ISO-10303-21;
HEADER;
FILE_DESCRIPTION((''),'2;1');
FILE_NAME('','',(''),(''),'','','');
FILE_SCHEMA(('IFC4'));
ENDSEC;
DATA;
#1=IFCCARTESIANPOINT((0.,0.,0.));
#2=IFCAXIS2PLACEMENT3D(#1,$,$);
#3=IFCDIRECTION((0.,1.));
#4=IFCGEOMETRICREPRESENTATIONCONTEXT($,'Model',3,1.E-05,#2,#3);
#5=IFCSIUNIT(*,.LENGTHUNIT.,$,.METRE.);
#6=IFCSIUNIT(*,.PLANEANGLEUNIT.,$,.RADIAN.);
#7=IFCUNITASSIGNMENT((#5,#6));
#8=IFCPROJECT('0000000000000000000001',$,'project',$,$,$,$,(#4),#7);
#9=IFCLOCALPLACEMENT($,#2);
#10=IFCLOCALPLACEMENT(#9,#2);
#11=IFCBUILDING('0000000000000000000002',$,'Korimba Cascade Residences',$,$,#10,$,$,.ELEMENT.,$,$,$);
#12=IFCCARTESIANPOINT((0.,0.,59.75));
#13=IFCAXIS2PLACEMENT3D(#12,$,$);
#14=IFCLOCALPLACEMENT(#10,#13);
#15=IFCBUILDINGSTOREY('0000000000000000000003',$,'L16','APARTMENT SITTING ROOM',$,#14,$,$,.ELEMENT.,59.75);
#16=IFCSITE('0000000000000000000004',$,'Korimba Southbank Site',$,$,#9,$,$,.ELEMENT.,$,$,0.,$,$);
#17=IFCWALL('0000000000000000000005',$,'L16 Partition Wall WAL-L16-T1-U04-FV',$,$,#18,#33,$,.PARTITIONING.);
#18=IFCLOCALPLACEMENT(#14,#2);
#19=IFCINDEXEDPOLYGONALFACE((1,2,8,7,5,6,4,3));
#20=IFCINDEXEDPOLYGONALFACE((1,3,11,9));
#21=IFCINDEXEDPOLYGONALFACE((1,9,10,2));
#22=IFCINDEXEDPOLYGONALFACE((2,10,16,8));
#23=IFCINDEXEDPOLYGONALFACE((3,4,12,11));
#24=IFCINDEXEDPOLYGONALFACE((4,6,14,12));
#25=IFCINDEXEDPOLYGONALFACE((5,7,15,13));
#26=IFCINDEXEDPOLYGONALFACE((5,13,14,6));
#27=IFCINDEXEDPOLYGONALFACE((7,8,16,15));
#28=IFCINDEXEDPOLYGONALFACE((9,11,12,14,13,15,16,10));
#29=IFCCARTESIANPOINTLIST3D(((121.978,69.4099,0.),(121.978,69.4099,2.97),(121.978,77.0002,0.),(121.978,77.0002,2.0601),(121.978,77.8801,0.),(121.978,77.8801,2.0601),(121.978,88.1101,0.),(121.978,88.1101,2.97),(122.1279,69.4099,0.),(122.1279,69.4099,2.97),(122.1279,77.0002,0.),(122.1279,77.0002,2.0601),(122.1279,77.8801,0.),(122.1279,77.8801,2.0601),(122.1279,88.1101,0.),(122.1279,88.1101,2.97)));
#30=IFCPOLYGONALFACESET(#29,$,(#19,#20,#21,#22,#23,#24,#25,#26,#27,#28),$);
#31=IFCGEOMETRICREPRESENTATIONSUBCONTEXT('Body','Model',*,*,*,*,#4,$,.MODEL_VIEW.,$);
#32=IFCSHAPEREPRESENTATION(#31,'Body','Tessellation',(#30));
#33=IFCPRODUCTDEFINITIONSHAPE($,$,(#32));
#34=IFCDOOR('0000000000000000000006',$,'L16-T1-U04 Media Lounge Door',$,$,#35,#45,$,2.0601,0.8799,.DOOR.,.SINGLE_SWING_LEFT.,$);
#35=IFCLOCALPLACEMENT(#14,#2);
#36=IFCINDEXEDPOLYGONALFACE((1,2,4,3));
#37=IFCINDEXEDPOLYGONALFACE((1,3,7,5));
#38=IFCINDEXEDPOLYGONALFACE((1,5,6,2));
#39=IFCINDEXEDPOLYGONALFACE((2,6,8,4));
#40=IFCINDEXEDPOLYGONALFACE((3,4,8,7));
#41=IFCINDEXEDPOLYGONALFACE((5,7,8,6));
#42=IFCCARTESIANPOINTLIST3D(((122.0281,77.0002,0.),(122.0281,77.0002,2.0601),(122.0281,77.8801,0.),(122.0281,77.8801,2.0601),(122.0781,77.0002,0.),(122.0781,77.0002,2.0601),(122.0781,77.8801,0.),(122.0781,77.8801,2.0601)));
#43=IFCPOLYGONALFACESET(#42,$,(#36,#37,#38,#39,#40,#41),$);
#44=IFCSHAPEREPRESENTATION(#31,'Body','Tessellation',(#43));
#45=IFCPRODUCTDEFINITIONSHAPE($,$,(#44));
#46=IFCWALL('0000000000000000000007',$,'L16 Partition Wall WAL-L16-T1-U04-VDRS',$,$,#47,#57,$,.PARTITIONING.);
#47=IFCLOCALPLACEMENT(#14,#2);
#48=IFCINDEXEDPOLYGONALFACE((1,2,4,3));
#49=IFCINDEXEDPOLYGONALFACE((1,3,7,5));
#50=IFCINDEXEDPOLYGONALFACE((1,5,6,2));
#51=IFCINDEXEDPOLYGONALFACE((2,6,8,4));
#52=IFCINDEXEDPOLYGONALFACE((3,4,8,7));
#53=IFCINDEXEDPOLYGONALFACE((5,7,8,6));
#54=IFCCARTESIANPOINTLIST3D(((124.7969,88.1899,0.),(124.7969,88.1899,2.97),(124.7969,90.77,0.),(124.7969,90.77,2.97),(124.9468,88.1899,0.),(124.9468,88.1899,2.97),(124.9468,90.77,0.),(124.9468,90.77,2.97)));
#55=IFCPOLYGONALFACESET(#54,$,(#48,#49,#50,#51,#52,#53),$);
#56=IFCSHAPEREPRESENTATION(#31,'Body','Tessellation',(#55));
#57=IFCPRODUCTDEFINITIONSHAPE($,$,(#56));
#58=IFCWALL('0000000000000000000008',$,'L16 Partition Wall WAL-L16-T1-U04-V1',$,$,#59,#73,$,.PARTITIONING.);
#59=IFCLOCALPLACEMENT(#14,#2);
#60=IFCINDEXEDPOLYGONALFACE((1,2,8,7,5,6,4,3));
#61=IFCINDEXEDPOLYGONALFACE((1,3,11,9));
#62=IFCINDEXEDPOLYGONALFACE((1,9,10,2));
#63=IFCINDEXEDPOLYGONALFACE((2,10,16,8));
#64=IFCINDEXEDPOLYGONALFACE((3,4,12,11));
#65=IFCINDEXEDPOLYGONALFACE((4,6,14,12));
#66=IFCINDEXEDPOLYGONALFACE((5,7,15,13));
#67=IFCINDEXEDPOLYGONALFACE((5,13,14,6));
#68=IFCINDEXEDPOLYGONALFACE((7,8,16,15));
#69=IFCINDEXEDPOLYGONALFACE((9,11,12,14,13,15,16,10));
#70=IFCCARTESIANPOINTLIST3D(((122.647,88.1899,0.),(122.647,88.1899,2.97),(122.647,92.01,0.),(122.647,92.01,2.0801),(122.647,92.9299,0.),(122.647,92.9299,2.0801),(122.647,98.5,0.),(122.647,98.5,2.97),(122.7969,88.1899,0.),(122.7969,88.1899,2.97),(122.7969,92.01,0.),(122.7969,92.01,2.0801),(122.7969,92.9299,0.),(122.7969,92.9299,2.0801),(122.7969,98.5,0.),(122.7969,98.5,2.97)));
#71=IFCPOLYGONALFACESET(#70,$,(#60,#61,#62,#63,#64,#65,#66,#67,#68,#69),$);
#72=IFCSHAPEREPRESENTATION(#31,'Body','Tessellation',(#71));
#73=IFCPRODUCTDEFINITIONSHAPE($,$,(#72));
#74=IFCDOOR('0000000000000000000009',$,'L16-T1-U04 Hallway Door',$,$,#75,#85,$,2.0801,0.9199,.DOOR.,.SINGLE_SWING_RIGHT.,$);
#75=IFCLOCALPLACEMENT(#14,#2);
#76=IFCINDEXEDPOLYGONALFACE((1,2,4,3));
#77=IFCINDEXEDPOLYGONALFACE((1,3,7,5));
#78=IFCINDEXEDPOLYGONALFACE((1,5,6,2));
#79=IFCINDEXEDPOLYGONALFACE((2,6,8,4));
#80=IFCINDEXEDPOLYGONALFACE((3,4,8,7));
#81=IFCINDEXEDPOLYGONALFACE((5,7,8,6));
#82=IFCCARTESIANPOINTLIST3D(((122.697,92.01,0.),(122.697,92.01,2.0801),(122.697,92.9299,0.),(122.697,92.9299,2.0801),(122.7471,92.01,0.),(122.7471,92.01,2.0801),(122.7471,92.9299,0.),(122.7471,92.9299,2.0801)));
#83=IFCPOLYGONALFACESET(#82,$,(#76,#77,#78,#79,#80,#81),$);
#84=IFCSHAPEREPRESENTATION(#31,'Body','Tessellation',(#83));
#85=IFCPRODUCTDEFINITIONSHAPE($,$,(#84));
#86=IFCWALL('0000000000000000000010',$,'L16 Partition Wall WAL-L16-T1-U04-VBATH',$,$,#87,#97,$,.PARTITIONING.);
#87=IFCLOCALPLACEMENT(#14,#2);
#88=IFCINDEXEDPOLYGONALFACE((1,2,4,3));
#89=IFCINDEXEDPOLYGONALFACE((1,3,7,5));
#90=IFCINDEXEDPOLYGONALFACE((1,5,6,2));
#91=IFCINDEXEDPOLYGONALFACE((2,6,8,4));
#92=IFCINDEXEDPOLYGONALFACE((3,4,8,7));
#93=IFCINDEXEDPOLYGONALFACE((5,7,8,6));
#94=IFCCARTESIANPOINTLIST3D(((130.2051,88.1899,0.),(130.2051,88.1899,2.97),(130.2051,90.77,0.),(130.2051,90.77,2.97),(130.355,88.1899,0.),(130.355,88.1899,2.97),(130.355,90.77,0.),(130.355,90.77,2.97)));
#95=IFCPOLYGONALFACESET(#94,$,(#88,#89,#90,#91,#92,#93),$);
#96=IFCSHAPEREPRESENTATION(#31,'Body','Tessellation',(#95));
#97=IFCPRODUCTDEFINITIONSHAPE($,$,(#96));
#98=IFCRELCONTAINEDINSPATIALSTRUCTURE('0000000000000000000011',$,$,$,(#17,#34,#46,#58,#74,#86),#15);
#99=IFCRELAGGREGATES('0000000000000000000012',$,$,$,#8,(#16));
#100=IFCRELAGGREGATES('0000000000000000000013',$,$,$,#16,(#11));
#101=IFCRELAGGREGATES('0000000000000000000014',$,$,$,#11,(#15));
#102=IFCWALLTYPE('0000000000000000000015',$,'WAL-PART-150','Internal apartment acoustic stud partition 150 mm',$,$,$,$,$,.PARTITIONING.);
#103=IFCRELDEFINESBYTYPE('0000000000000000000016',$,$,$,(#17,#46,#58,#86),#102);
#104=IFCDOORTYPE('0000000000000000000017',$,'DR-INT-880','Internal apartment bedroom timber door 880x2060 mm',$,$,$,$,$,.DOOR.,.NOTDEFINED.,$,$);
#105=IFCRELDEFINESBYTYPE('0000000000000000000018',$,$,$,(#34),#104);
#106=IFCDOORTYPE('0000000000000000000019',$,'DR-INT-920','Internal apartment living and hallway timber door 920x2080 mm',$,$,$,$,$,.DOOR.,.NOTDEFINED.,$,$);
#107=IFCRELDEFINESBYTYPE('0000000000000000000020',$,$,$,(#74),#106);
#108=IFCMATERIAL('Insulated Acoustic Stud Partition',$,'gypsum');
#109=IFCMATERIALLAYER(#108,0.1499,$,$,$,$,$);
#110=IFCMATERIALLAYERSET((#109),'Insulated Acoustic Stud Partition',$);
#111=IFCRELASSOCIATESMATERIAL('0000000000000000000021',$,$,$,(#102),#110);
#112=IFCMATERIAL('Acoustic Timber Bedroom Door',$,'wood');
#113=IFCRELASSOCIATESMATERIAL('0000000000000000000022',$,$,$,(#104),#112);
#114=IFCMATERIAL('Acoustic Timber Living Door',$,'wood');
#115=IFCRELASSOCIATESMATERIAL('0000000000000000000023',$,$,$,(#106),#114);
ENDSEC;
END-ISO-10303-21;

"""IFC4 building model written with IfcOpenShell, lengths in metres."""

from ifc_helpers import new_model, si_unit, direction, frame, frame_2d, origin, place, context, subcontext, project, spatial, rectangle, extrude, material, layer, layer_set, type_object, element, fill, save


model = new_model("IFC4")

# Units and contexts
model_context = context("Model", 3, precision=1e-05, world=origin(), true_north=direction((0.0, 1.0)))
body_context = subcontext(model_context, "Body", "Model", "MODEL_VIEW")
ifc_project = project(units=[si_unit("LENGTHUNIT", "METRE"), si_unit("PLANEANGLEUNIT", "RADIAN")], contexts=[model_context])

# Site, building, storey
site_placement = place(None, origin())
site = spatial("IfcSite", under=ifc_project, at=site_placement, Name="Korimba Southbank Site", CompositionType="ELEMENT", RefElevation=0.0)
building_placement = place(site_placement, origin())
building = spatial("IfcBuilding", under=site, at=building_placement, Name="Korimba Cascade Residences", CompositionType="ELEMENT")
storey_placement = place(building_placement, frame((0.0, 0.0, 59.75)))
storey = spatial("IfcBuildingStorey", under=building, at=storey_placement, Name="L16", Description="APARTMENT SITTING ROOM", CompositionType="ELEMENT", Elevation=59.75)

# Shared definitions
ifc_material_1 = material(Name="Insulated Acoustic Stud Partition", Category="gypsum")
ifc_layer_1 = layer(ifc_material_1, 0.1499)
ifc_layer_set_1 = layer_set([ifc_layer_1], Name="Insulated Acoustic Stud Partition")
wall_type_1 = type_object("IfcWallType", Name="WAL-PART-150", Description="Internal apartment acoustic stud partition 150 mm", PredefinedType="PARTITIONING", material=ifc_layer_set_1)
ifc_material_2 = material(Name="Acoustic Timber Bedroom Door", Category="wood")
door_type_1 = type_object("IfcDoorType", Name="DR-INT-880", Description="Internal apartment bedroom timber door 880x2060 mm", OperationType="NOTDEFINED", PredefinedType="DOOR", material=ifc_material_2)

# Wall, opening, door
wall_1_placement = place(storey_placement, frame((122.053, 69.4099, 0.0), z_axis=(0.0, 0.0, 1.0), x_axis=(0.0, 1.0, 0.0)))
wall_1 = element("IfcWall", 1, at=wall_1_placement, inside=storey, type_object=wall_type_1, Name="L16 Partition Wall WAL-L16-T1-U04-FV", PredefinedType="PARTITIONING", context=body_context, shape_type="SweptSolid", body=[
    extrude(rectangle(XDim=18.7002, YDim=0.1499, at=frame_2d((9.3501, 0.0))), origin(), (0.0, 0.0, 1.0), 2.97),
])
opening_1_placement = place(wall_1_placement, frame((7.5903, 0.0, 0.0)))
opening_1 = element("IfcOpeningElement", 2, at=opening_1_placement, cuts=wall_1, PredefinedType="OPENING", context=body_context, shape_type="SweptSolid", body=[
    extrude(rectangle(XDim=0.8799, YDim=2.0601, at=frame_2d((0.4399, 1.03))), frame((0.0, 0.085, 0.0), z_axis=(0.0, -1.0, 0.0), x_axis=(1.0, 0.0, 0.0)), (0.0, 0.0, 1.0), 0.1699),
])
door_1_placement = place(opening_1_placement, origin())
door_1 = element("IfcDoor", 3, at=door_1_placement, inside=storey, type_object=door_type_1, Name="L16-T1-U04 Media Lounge Door", OperationType="SINGLE_SWING_LEFT", OverallHeight=2.0601, OverallWidth=0.8799, PredefinedType="DOOR", context=body_context, shape_type="SweptSolid", body=[
    extrude(rectangle(XDim=0.8799, YDim=2.0601, at=frame_2d((0.4399, 1.03))), frame((0.0, 0.0249, 0.0), z_axis=(0.0, -1.0, 0.0), x_axis=(1.0, 0.0, 0.0)), (0.0, 0.0, 1.0), 0.05),
])
fill(opening_1, door_1)

# Wall
wall_2_placement = place(storey_placement, frame((124.8718, 88.1899, 0.0), z_axis=(0.0, 0.0, 1.0), x_axis=(0.0, 1.0, 0.0)))
element("IfcWall", 4, at=wall_2_placement, inside=storey, type_object=wall_type_1, Name="L16 Partition Wall WAL-L16-T1-U04-VDRS", PredefinedType="PARTITIONING", context=body_context, shape_type="SweptSolid", body=[
    extrude(rectangle(XDim=2.5801, YDim=0.1499, at=frame_2d((1.29, 0.0))), origin(), (0.0, 0.0, 1.0), 2.97),
])

# Wall, opening, door
wall_3_placement = place(storey_placement, frame((122.7219, 88.1899, 0.0), z_axis=(0.0, 0.0, 1.0), x_axis=(0.0, 1.0, 0.0)))
wall_3 = element("IfcWall", 5, at=wall_3_placement, inside=storey, type_object=wall_type_1, Name="L16 Partition Wall WAL-L16-T1-U04-V1", PredefinedType="PARTITIONING", context=body_context, shape_type="SweptSolid", body=[
    extrude(rectangle(XDim=10.3101, YDim=0.1499, at=frame_2d((5.155, 0.0))), origin(), (0.0, 0.0, 1.0), 2.97),
])
opening_2_placement = place(wall_3_placement, frame((3.8201, 0.0, 0.0)))
opening_2 = element("IfcOpeningElement", 6, at=opening_2_placement, cuts=wall_3, PredefinedType="OPENING", context=body_context, shape_type="SweptSolid", body=[
    extrude(rectangle(XDim=0.9199, YDim=2.0801, at=frame_2d((0.46, 1.04))), frame((0.0, 0.085, 0.0), z_axis=(0.0, -1.0, 0.0), x_axis=(1.0, 0.0, 0.0)), (0.0, 0.0, 1.0), 0.1699),
])
ifc_material_3 = material(Name="Acoustic Timber Living Door", Category="wood")
door_type_2 = type_object("IfcDoorType", Name="DR-INT-920", Description="Internal apartment living and hallway timber door 920x2080 mm", OperationType="NOTDEFINED", PredefinedType="DOOR", material=ifc_material_3)
door_2_placement = place(opening_2_placement, origin())
door_2 = element("IfcDoor", 7, at=door_2_placement, inside=storey, type_object=door_type_2, Name="L16-T1-U04 Hallway Door", OperationType="SINGLE_SWING_RIGHT", OverallHeight=2.0801, OverallWidth=0.9199, PredefinedType="DOOR", context=body_context, shape_type="SweptSolid", body=[
    extrude(rectangle(XDim=0.9199, YDim=2.0801, at=frame_2d((0.46, 1.04))), frame((0.0, 0.0249, 0.0), z_axis=(0.0, -1.0, 0.0), x_axis=(1.0, 0.0, 0.0)), (0.0, 0.0, 1.0), 0.05),
])
fill(opening_2, door_2)

# Wall
wall_4_placement = place(storey_placement, frame((130.28, 88.1899, 0.0), z_axis=(0.0, 0.0, 1.0), x_axis=(0.0, 1.0, 0.0)))
element("IfcWall", 8, at=wall_4_placement, inside=storey, type_object=wall_type_1, Name="L16 Partition Wall WAL-L16-T1-U04-VBATH", PredefinedType="PARTITIONING", context=body_context, shape_type="SweptSolid", body=[
    extrude(rectangle(XDim=2.5801, YDim=0.1499, at=frame_2d((1.29, 0.0))), origin(), (0.0, 0.0, 1.0), 2.97),
])

save(model, "model.ifc")
